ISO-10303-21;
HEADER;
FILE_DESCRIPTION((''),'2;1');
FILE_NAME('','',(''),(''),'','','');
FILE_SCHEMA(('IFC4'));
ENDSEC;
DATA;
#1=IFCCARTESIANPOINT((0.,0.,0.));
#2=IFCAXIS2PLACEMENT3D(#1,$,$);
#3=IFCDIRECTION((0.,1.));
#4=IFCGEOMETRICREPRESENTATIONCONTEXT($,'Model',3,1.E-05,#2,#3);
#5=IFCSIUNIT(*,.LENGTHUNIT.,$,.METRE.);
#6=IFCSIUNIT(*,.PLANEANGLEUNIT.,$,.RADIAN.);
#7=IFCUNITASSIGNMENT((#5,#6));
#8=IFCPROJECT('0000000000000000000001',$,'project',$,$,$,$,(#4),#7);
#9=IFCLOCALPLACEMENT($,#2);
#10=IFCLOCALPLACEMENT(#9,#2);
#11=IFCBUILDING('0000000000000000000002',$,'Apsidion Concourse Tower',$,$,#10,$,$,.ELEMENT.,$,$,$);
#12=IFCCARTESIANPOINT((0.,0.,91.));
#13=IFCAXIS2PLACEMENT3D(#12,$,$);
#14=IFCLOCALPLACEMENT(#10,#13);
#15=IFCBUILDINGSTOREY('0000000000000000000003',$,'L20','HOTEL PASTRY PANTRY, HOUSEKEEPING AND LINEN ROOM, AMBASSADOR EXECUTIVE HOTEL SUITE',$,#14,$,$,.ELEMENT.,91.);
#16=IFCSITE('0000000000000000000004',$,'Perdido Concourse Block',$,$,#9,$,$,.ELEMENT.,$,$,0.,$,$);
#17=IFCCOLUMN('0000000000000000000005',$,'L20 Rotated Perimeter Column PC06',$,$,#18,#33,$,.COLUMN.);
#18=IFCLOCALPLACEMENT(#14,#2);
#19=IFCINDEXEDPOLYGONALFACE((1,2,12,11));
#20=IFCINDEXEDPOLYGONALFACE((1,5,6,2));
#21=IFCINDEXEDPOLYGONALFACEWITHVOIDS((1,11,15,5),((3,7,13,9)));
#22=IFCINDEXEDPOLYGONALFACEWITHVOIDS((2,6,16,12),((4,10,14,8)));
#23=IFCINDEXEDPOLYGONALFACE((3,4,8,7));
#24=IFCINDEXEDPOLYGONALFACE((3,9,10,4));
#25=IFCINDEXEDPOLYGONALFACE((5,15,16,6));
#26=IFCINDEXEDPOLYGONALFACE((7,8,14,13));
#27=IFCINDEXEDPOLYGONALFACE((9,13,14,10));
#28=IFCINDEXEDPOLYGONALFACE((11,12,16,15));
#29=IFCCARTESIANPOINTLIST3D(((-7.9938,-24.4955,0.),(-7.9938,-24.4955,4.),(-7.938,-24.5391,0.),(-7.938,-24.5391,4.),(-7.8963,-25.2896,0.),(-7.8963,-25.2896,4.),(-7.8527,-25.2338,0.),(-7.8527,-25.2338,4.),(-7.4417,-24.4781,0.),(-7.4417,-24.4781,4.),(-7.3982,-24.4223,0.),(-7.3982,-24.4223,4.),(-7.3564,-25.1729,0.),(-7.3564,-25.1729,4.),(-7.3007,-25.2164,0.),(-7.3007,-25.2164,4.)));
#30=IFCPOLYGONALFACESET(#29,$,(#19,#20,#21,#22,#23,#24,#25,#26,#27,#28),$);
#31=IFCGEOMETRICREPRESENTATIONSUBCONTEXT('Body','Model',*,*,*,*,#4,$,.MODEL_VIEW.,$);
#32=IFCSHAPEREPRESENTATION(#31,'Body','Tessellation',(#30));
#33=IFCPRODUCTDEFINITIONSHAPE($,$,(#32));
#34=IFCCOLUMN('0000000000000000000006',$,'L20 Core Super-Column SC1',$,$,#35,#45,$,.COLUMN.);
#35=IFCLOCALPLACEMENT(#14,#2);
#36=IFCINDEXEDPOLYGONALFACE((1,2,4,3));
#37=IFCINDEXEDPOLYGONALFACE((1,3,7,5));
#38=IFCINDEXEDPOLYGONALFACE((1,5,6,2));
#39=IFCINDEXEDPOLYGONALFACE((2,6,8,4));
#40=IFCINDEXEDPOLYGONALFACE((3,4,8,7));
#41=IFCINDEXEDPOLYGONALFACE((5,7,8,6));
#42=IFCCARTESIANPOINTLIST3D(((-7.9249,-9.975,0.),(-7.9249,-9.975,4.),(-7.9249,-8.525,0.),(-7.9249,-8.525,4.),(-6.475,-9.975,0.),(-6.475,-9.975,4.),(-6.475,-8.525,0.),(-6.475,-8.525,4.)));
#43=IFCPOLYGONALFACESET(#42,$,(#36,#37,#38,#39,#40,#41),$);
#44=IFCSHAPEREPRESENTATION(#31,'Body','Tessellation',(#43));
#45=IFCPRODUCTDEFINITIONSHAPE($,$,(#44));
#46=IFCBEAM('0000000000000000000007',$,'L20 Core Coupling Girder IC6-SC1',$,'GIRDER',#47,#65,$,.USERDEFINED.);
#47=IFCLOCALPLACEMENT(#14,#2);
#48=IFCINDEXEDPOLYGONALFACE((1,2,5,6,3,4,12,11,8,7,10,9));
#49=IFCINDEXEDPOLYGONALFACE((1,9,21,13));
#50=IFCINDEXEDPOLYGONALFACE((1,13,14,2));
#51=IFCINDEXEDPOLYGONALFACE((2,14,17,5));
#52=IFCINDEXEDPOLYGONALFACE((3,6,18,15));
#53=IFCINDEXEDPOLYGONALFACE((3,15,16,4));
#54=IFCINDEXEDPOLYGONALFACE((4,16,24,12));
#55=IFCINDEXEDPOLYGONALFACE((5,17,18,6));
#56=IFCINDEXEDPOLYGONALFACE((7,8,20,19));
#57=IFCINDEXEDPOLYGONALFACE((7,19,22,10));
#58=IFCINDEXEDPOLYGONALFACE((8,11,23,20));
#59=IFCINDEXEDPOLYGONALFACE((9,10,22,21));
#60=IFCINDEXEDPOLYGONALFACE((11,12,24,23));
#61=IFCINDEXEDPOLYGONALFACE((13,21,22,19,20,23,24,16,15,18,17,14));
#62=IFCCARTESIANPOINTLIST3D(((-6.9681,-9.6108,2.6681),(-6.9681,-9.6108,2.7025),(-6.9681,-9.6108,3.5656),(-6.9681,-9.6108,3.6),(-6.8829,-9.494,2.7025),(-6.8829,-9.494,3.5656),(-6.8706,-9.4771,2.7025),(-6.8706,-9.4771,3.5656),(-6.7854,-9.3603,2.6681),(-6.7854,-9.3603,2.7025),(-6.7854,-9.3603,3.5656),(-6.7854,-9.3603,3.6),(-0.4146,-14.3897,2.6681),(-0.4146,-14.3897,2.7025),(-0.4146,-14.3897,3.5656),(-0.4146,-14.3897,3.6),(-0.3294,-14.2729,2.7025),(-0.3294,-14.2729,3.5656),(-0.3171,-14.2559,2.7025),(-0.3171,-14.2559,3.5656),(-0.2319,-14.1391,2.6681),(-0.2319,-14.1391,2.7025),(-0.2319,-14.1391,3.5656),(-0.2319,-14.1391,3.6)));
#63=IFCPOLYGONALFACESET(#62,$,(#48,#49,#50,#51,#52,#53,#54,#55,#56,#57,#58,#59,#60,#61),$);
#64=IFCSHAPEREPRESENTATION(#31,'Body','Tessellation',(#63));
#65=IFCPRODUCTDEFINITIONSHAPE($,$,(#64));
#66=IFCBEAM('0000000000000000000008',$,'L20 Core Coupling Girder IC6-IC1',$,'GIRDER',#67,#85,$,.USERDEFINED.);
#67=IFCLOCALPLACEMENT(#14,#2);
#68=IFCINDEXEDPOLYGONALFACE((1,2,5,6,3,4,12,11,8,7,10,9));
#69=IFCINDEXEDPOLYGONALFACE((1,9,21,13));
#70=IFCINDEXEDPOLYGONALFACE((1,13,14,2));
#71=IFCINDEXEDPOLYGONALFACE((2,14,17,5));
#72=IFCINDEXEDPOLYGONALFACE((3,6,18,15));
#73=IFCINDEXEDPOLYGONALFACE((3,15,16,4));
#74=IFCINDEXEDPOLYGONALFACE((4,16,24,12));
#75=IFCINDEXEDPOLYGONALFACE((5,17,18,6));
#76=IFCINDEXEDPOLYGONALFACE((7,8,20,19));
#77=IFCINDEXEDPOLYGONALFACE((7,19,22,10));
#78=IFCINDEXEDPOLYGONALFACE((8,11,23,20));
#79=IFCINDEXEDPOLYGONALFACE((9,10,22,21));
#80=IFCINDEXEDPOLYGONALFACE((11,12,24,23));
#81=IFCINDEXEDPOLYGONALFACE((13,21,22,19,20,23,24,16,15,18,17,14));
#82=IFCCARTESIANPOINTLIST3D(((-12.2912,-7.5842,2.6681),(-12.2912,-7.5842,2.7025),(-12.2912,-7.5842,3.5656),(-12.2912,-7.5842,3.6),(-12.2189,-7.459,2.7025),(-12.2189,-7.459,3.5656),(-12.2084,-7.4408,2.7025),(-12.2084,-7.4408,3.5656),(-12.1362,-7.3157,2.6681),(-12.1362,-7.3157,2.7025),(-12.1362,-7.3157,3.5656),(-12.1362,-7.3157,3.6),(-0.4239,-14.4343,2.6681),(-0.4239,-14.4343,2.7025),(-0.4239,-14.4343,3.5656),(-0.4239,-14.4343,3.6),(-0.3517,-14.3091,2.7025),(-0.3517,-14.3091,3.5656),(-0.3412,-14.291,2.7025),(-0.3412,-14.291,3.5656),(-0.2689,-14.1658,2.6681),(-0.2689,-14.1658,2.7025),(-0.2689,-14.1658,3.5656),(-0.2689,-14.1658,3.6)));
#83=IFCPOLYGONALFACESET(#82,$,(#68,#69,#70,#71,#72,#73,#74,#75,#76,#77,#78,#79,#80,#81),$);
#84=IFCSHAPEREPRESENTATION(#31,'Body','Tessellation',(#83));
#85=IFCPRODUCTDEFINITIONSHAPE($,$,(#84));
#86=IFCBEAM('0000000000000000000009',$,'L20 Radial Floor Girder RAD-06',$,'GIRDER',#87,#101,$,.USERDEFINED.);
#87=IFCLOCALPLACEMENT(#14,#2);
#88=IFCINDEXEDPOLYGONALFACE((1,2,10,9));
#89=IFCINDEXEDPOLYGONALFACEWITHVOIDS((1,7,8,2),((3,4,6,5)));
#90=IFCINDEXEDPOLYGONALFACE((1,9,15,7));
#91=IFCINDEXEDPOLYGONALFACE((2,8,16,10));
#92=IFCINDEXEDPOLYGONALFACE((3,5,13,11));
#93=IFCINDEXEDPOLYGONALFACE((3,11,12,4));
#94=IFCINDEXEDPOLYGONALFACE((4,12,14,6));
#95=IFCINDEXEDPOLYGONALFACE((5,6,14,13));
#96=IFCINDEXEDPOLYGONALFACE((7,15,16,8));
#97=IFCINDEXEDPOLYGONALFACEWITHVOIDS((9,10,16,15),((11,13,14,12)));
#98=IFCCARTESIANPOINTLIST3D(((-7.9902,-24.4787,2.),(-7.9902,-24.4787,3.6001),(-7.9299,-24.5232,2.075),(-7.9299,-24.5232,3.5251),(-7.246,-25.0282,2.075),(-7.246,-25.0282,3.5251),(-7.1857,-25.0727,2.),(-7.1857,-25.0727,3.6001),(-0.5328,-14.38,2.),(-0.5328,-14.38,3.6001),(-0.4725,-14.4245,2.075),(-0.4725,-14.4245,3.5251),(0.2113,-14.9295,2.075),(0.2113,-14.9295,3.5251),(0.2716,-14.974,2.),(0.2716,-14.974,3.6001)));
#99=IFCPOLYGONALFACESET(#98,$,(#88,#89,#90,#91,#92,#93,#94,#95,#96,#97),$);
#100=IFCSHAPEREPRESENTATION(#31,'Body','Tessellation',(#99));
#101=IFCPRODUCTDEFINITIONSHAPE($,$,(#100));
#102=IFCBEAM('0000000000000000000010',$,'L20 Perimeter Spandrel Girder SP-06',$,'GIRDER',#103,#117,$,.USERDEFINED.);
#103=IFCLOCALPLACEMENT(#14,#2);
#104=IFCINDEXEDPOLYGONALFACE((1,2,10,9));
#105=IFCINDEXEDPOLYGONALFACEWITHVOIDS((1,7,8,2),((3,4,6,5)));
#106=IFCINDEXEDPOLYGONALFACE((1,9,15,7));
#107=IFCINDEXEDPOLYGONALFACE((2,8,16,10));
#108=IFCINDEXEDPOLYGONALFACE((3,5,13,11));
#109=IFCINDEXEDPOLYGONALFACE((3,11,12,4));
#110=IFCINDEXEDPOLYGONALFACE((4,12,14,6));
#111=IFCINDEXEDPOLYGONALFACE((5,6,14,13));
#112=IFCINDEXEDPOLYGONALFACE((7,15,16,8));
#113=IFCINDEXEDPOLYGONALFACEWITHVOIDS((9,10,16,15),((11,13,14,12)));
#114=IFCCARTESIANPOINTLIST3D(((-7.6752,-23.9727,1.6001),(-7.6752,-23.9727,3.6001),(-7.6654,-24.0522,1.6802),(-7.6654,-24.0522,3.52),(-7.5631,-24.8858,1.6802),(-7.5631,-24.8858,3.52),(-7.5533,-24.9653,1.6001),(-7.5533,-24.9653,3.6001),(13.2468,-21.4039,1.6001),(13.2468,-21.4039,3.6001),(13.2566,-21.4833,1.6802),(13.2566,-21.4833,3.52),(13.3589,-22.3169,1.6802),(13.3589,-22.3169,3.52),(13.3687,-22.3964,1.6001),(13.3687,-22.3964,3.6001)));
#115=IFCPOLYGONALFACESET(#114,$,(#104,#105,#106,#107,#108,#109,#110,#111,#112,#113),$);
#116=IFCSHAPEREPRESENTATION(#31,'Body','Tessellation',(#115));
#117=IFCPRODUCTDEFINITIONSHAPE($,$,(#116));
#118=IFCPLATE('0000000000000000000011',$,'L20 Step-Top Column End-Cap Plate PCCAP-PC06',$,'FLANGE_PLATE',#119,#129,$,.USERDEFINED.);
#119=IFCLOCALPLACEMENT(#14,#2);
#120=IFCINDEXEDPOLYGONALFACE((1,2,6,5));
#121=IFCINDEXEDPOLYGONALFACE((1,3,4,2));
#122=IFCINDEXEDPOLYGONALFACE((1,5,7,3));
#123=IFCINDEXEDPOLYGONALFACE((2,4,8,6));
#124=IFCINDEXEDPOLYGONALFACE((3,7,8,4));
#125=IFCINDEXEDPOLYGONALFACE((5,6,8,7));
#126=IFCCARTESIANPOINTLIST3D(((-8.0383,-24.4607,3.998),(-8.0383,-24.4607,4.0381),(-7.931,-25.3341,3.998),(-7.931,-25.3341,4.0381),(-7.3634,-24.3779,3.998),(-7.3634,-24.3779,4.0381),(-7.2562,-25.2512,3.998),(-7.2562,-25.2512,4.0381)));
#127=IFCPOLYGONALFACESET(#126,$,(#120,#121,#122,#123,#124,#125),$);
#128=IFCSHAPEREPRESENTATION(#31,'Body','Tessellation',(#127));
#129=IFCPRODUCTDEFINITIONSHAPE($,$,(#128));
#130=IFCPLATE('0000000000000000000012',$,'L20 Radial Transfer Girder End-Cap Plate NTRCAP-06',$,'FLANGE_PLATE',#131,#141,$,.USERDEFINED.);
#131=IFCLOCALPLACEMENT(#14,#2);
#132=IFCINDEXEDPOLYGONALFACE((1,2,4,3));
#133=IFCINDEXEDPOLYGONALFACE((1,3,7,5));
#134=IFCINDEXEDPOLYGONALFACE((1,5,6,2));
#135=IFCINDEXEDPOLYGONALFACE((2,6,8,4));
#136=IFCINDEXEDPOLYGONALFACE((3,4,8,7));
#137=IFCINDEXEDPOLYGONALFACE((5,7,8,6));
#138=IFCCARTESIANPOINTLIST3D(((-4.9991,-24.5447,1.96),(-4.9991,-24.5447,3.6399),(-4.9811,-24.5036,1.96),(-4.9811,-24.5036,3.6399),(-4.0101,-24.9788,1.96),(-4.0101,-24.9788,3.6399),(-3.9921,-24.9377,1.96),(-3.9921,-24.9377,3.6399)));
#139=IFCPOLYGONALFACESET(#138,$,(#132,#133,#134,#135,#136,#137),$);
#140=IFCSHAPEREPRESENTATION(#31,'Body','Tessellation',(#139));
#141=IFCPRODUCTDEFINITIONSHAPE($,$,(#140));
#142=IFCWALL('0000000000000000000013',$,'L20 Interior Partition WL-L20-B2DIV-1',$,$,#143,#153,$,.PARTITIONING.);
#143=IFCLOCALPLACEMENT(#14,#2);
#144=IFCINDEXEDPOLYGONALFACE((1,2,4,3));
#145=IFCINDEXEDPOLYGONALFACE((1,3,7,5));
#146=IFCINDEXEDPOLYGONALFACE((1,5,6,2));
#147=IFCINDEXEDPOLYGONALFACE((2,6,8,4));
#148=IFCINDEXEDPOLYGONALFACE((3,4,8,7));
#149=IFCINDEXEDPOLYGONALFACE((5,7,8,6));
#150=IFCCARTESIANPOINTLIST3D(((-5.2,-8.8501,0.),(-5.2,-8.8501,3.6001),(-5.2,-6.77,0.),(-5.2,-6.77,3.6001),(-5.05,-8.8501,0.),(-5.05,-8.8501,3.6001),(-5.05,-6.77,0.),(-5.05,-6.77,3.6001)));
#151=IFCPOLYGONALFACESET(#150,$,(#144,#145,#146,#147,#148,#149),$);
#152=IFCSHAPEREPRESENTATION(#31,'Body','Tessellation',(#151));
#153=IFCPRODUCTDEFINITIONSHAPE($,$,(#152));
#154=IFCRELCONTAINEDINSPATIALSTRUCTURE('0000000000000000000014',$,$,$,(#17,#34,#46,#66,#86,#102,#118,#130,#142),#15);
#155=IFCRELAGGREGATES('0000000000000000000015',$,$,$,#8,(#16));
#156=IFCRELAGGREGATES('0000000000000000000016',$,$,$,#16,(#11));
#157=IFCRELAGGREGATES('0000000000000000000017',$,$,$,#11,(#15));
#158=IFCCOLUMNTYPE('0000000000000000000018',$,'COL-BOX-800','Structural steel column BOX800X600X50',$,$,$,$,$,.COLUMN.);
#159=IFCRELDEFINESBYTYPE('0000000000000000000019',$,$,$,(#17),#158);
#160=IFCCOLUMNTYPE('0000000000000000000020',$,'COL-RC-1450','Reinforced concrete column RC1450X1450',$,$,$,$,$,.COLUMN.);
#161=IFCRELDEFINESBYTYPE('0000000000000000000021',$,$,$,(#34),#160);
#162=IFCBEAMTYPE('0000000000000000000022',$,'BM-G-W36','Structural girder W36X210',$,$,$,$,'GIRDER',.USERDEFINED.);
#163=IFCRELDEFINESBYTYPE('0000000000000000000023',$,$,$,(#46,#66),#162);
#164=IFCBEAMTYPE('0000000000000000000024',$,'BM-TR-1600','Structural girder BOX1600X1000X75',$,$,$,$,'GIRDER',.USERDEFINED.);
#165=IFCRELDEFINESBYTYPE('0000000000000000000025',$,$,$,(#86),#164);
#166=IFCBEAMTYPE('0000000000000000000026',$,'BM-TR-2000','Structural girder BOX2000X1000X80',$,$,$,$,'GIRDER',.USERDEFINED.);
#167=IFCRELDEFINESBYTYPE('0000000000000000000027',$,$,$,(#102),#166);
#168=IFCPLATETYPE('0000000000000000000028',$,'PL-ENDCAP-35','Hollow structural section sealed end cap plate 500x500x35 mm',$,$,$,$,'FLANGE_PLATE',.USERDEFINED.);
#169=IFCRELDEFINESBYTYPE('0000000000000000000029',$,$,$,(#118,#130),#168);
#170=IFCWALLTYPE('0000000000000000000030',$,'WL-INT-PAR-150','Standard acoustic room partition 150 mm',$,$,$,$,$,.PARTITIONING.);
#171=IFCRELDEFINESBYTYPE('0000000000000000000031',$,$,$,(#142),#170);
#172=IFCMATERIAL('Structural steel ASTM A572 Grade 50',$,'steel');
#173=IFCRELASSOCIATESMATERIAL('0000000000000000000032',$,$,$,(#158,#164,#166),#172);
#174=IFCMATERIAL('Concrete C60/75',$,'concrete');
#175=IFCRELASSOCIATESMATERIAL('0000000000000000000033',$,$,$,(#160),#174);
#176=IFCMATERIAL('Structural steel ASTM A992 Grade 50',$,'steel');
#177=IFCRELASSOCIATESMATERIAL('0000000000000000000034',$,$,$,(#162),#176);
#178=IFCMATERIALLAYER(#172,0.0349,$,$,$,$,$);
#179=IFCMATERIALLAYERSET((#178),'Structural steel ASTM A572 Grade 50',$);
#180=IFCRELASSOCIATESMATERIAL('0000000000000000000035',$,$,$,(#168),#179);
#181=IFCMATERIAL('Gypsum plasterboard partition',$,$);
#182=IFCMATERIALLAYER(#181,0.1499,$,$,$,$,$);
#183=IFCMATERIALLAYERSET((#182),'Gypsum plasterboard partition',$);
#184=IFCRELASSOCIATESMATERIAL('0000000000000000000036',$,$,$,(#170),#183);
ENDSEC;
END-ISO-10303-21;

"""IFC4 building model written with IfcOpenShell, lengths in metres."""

from ifc_helpers import new_model, si_unit, direction, frame, frame_2d, origin, origin_2d, place, context, subcontext, project, spatial, rectangle, hollow_rectangle, i_section, extrude, material, layer, layer_set, material_profile, profile_set, type_object, element, save


model = new_model("IFC4")

# Units and contexts
model_context = context("Model", 3, precision=1e-05, world=origin(), true_north=direction((0.0, 1.0)))
body_context = subcontext(model_context, "Body", "Model", "MODEL_VIEW")
ifc_project = project(units=[si_unit("LENGTHUNIT", "METRE"), si_unit("PLANEANGLEUNIT", "RADIAN")], contexts=[model_context])

# Site, building, storey
site_placement = place(None, origin())
site = spatial("IfcSite", under=ifc_project, at=site_placement, Name="Perdido Concourse Block", CompositionType="ELEMENT", RefElevation=0.0)
building_placement = place(site_placement, origin())
building = spatial("IfcBuilding", under=site, at=building_placement, Name="Apsidion Concourse Tower", CompositionType="ELEMENT")
storey_placement = place(building_placement, frame((0.0, 0.0, 91.0)))
storey = spatial("IfcBuildingStorey", under=building, at=storey_placement, Name="L20", Description="HOTEL PASTRY PANTRY, HOUSEKEEPING AND LINEN ROOM, AMBASSADOR EXECUTIVE HOTEL SUITE", CompositionType="ELEMENT", Elevation=91.0)

# Columns
ifc_material_1 = material(Name="Structural steel ASTM A572 Grade 50", Category="steel")
ifc_material_profile_1 = material_profile(ifc_material_1, hollow_rectangle(XDim=0.6001, YDim=0.8, WallThickness=0.05, at=origin_2d()), Name="BOX800X600X50")
ifc_profile_set_1 = profile_set([ifc_material_profile_1], Name="Structural steel ASTM A572 Grade 50")
column_type_1 = type_object("IfcColumnType", Name="COL-BOX-800", Description="Structural steel column BOX800X600X50", PredefinedType="COLUMN", material=ifc_profile_set_1)
column_1_placement = place(storey_placement, frame((-7.6472, -24.856, 0.0), z_axis=(0.0, 0.0, 1.0), x_axis=(0.992546, 0.121869, 0.0)))
element("IfcColumn", 1, at=column_1_placement, inside=storey, type_object=column_type_1, Name="L20 Rotated Perimeter Column PC06", PredefinedType="COLUMN", context=body_context, shape_type="SweptSolid", body=[
    extrude(hollow_rectangle(XDim=0.6001, YDim=0.8, WallThickness=0.05, at=origin_2d()), origin(), (0.0, 0.0, 1.0), 4.0),
])
ifc_material_2 = material(Name="Concrete C60/75", Category="concrete")
ifc_material_profile_2 = material_profile(ifc_material_2, rectangle(XDim=1.45, YDim=1.45, at=origin_2d()), Name="RC 1450x1450")
ifc_profile_set_2 = profile_set([ifc_material_profile_2], Name="Concrete C60/75")
column_type_2 = type_object("IfcColumnType", Name="COL-RC-1450", Description="Reinforced concrete column RC1450X1450", PredefinedType="COLUMN", material=ifc_profile_set_2)
column_2_placement = place(storey_placement, frame((-7.2, -9.25, 0.0), z_axis=(0.0, 0.0, 1.0), x_axis=(1.0, 0.0, 0.0)))
element("IfcColumn", 2, at=column_2_placement, inside=storey, type_object=column_type_2, Name="L20 Core Super-Column SC1", PredefinedType="COLUMN", context=body_context, shape_type="SweptSolid", body=[
    extrude(rectangle(XDim=1.45, YDim=1.45, at=origin_2d()), origin(), (0.0, 0.0, 1.0), 4.0),
])

# Beams
ifc_material_3 = material(Name="Structural steel ASTM A992 Grade 50", Category="steel")
ifc_material_profile_3 = material_profile(ifc_material_3, i_section(OverallWidth=0.3101, OverallDepth=0.9319, WebThickness=0.021, FlangeThickness=0.0344, at=origin_2d()), Name="W36X210")
ifc_profile_set_3 = profile_set([ifc_material_profile_3], Name="Structural steel ASTM A992 Grade 50")
beam_type_1 = type_object("IfcBeamType", Name="BM-G-W36", Description="Structural girder W36X210", ElementType="GIRDER", PredefinedType="USERDEFINED", material=ifc_profile_set_3)
beam_1_placement = place(storey_placement, frame((-0.3232, -14.2644, 3.134), z_axis=(-0.807993, 0.589191, 0.0), x_axis=(-0.589191, -0.807993, 0.0)))
element("IfcBeam", 3, at=beam_1_placement, inside=storey, type_object=beam_type_1, Name="L20 Core Coupling Girder IC6-SC1", ObjectType="GIRDER", PredefinedType="USERDEFINED", context=body_context, shape_type="SweptSolid", body=[
    extrude(i_section(OverallWidth=0.3101, OverallDepth=0.9319, WebThickness=0.021, FlangeThickness=0.0344, at=origin_2d()), origin(), (0.0, 0.0, 1.0), 8.1108),
])
beam_2_placement = place(storey_placement, frame((-0.3464, -14.3, 3.134), z_axis=(-0.86607, 0.499922, 0.0), x_axis=(-0.499922, -0.86607, 0.0)))
element("IfcBeam", 4, at=beam_2_placement, inside=storey, type_object=beam_type_1, Name="L20 Core Coupling Girder IC6-IC1", ObjectType="GIRDER", PredefinedType="USERDEFINED", context=body_context, shape_type="SweptSolid", body=[
    extrude(i_section(OverallWidth=0.3101, OverallDepth=0.9319, WebThickness=0.021, FlangeThickness=0.0344, at=origin_2d()), origin(), (0.0, 0.0, 1.0), 13.7024),
])
ifc_material_profile_4 = material_profile(ifc_material_1, hollow_rectangle(XDim=1.0, YDim=1.6001, WallThickness=0.075, at=origin_2d()), Name="BOX1600X1000X75")
ifc_profile_set_4 = profile_set([ifc_material_profile_4], Name="Structural steel ASTM A572 Grade 50")
beam_type_2 = type_object("IfcBeamType", Name="BM-TR-1600", Description="Structural girder BOX1600X1000X75", ElementType="GIRDER", PredefinedType="USERDEFINED", material=ifc_profile_set_4)
beam_3_placement = place(storey_placement, frame((-0.1306, -14.677, 2.8), z_axis=(-0.594034, -0.80444, 0.0), x_axis=(0.80444, -0.594034, 0.0)))
element("IfcBeam", 5, at=beam_3_placement, inside=storey, type_object=beam_type_2, Name="L20 Radial Floor Girder RAD-06", ObjectType="GIRDER", PredefinedType="USERDEFINED", context=body_context, shape_type="SweptSolid", body=[
    extrude(hollow_rectangle(XDim=1.0, YDim=1.6001, WallThickness=0.075, at=origin_2d()), origin(), (0.0, 0.0, 1.0), 12.5537),
])
ifc_material_profile_5 = material_profile(ifc_material_1, hollow_rectangle(XDim=1.0, YDim=2.0, WallThickness=0.0801, at=origin_2d()), Name="BOX2000X1000X80")
ifc_profile_set_5 = profile_set([ifc_material_profile_5], Name="Structural steel ASTM A572 Grade 50")
beam_type_3 = type_object("IfcBeamType", Name="BM-TR-2000", Description="Structural girder BOX2000X1000X80", ElementType="GIRDER", PredefinedType="USERDEFINED", material=ifc_profile_set_5)
beam_4_placement = place(storey_placement, frame((-7.6143, -24.469, 2.6001), z_axis=(0.992546, 0.121868, 0.0), x_axis=(-0.121868, 0.992546, 0.0)))
element("IfcBeam", 6, at=beam_4_placement, inside=storey, type_object=beam_type_3, Name="L20 Perimeter Spandrel Girder SP-06", ObjectType="GIRDER", PredefinedType="USERDEFINED", context=body_context, shape_type="SweptSolid", body=[
    extrude(hollow_rectangle(XDim=1.0, YDim=2.0, WallThickness=0.0801, at=origin_2d()), origin(), (0.0, 0.0, 1.0), 21.0791),
])

# Plates
ifc_layer_1 = layer(ifc_material_1, 0.0349)
ifc_layer_set_1 = layer_set([ifc_layer_1], Name="Structural steel ASTM A572 Grade 50")
plate_type = type_object("IfcPlateType", Name="PL-ENDCAP-35", Description="Hollow structural section sealed end cap plate 500x500x35 mm", ElementType="FLANGE_PLATE", PredefinedType="USERDEFINED", material=ifc_layer_set_1)
plate_1_placement = place(storey_placement, frame((-7.6472, -24.856, 3.998), z_axis=(0.0, 0.0, 1.0), x_axis=(0.992546, 0.121869, 0.0)))
element("IfcPlate", 7, at=plate_1_placement, inside=storey, type_object=plate_type, Name="L20 Step-Top Column End-Cap Plate PCCAP-PC06", ObjectType="FLANGE_PLATE", PredefinedType="USERDEFINED", context=body_context, shape_type="SweptSolid", body=[
    extrude(rectangle(XDim=0.6799, YDim=0.8799, at=origin_2d()), origin(), (0.0, 0.0, 1.0), 0.04),
])
plate_2_placement = place(storey_placement, frame((-4.4956, -24.7412, 1.96), z_axis=(0.0, 0.0, 1.0), x_axis=(-0.401948, -0.915663, 0.0)))
element("IfcPlate", 8, at=plate_2_placement, inside=storey, type_object=plate_type, Name="L20 Radial Transfer Girder End-Cap Plate NTRCAP-06", ObjectType="FLANGE_PLATE", PredefinedType="USERDEFINED", context=body_context, shape_type="SweptSolid", body=[
    extrude(rectangle(XDim=0.0449, YDim=1.0801, at=origin_2d()), origin(), (0.0, 0.0, 1.0), 1.6799),
])

# Wall
ifc_material_4 = material(Name="Gypsum plasterboard partition")
ifc_layer_2 = layer(ifc_material_4, 0.1499)
ifc_layer_set_2 = layer_set([ifc_layer_2], Name="Gypsum plasterboard partition")
wall_type_1 = type_object("IfcWallType", Name="WL-INT-PAR-150", Description="Standard acoustic room partition 150 mm", PredefinedType="PARTITIONING", material=ifc_layer_set_2)
wall_1_placement = place(storey_placement, frame((-5.125, -8.8501, 0.0), z_axis=(0.0, 0.0, 1.0), x_axis=(0.0, 1.0, 0.0)))
element("IfcWall", 9, at=wall_1_placement, inside=storey, type_object=wall_type_1, Name="L20 Interior Partition WL-L20-B2DIV-1", PredefinedType="PARTITIONING", context=body_context, shape_type="SweptSolid", body=[
    extrude(rectangle(XDim=2.0801, YDim=0.1499, at=frame_2d((1.04, 0.0))), origin(), (0.0, 0.0, 1.0), 3.6001),
])

save(model, "model.ifc")
